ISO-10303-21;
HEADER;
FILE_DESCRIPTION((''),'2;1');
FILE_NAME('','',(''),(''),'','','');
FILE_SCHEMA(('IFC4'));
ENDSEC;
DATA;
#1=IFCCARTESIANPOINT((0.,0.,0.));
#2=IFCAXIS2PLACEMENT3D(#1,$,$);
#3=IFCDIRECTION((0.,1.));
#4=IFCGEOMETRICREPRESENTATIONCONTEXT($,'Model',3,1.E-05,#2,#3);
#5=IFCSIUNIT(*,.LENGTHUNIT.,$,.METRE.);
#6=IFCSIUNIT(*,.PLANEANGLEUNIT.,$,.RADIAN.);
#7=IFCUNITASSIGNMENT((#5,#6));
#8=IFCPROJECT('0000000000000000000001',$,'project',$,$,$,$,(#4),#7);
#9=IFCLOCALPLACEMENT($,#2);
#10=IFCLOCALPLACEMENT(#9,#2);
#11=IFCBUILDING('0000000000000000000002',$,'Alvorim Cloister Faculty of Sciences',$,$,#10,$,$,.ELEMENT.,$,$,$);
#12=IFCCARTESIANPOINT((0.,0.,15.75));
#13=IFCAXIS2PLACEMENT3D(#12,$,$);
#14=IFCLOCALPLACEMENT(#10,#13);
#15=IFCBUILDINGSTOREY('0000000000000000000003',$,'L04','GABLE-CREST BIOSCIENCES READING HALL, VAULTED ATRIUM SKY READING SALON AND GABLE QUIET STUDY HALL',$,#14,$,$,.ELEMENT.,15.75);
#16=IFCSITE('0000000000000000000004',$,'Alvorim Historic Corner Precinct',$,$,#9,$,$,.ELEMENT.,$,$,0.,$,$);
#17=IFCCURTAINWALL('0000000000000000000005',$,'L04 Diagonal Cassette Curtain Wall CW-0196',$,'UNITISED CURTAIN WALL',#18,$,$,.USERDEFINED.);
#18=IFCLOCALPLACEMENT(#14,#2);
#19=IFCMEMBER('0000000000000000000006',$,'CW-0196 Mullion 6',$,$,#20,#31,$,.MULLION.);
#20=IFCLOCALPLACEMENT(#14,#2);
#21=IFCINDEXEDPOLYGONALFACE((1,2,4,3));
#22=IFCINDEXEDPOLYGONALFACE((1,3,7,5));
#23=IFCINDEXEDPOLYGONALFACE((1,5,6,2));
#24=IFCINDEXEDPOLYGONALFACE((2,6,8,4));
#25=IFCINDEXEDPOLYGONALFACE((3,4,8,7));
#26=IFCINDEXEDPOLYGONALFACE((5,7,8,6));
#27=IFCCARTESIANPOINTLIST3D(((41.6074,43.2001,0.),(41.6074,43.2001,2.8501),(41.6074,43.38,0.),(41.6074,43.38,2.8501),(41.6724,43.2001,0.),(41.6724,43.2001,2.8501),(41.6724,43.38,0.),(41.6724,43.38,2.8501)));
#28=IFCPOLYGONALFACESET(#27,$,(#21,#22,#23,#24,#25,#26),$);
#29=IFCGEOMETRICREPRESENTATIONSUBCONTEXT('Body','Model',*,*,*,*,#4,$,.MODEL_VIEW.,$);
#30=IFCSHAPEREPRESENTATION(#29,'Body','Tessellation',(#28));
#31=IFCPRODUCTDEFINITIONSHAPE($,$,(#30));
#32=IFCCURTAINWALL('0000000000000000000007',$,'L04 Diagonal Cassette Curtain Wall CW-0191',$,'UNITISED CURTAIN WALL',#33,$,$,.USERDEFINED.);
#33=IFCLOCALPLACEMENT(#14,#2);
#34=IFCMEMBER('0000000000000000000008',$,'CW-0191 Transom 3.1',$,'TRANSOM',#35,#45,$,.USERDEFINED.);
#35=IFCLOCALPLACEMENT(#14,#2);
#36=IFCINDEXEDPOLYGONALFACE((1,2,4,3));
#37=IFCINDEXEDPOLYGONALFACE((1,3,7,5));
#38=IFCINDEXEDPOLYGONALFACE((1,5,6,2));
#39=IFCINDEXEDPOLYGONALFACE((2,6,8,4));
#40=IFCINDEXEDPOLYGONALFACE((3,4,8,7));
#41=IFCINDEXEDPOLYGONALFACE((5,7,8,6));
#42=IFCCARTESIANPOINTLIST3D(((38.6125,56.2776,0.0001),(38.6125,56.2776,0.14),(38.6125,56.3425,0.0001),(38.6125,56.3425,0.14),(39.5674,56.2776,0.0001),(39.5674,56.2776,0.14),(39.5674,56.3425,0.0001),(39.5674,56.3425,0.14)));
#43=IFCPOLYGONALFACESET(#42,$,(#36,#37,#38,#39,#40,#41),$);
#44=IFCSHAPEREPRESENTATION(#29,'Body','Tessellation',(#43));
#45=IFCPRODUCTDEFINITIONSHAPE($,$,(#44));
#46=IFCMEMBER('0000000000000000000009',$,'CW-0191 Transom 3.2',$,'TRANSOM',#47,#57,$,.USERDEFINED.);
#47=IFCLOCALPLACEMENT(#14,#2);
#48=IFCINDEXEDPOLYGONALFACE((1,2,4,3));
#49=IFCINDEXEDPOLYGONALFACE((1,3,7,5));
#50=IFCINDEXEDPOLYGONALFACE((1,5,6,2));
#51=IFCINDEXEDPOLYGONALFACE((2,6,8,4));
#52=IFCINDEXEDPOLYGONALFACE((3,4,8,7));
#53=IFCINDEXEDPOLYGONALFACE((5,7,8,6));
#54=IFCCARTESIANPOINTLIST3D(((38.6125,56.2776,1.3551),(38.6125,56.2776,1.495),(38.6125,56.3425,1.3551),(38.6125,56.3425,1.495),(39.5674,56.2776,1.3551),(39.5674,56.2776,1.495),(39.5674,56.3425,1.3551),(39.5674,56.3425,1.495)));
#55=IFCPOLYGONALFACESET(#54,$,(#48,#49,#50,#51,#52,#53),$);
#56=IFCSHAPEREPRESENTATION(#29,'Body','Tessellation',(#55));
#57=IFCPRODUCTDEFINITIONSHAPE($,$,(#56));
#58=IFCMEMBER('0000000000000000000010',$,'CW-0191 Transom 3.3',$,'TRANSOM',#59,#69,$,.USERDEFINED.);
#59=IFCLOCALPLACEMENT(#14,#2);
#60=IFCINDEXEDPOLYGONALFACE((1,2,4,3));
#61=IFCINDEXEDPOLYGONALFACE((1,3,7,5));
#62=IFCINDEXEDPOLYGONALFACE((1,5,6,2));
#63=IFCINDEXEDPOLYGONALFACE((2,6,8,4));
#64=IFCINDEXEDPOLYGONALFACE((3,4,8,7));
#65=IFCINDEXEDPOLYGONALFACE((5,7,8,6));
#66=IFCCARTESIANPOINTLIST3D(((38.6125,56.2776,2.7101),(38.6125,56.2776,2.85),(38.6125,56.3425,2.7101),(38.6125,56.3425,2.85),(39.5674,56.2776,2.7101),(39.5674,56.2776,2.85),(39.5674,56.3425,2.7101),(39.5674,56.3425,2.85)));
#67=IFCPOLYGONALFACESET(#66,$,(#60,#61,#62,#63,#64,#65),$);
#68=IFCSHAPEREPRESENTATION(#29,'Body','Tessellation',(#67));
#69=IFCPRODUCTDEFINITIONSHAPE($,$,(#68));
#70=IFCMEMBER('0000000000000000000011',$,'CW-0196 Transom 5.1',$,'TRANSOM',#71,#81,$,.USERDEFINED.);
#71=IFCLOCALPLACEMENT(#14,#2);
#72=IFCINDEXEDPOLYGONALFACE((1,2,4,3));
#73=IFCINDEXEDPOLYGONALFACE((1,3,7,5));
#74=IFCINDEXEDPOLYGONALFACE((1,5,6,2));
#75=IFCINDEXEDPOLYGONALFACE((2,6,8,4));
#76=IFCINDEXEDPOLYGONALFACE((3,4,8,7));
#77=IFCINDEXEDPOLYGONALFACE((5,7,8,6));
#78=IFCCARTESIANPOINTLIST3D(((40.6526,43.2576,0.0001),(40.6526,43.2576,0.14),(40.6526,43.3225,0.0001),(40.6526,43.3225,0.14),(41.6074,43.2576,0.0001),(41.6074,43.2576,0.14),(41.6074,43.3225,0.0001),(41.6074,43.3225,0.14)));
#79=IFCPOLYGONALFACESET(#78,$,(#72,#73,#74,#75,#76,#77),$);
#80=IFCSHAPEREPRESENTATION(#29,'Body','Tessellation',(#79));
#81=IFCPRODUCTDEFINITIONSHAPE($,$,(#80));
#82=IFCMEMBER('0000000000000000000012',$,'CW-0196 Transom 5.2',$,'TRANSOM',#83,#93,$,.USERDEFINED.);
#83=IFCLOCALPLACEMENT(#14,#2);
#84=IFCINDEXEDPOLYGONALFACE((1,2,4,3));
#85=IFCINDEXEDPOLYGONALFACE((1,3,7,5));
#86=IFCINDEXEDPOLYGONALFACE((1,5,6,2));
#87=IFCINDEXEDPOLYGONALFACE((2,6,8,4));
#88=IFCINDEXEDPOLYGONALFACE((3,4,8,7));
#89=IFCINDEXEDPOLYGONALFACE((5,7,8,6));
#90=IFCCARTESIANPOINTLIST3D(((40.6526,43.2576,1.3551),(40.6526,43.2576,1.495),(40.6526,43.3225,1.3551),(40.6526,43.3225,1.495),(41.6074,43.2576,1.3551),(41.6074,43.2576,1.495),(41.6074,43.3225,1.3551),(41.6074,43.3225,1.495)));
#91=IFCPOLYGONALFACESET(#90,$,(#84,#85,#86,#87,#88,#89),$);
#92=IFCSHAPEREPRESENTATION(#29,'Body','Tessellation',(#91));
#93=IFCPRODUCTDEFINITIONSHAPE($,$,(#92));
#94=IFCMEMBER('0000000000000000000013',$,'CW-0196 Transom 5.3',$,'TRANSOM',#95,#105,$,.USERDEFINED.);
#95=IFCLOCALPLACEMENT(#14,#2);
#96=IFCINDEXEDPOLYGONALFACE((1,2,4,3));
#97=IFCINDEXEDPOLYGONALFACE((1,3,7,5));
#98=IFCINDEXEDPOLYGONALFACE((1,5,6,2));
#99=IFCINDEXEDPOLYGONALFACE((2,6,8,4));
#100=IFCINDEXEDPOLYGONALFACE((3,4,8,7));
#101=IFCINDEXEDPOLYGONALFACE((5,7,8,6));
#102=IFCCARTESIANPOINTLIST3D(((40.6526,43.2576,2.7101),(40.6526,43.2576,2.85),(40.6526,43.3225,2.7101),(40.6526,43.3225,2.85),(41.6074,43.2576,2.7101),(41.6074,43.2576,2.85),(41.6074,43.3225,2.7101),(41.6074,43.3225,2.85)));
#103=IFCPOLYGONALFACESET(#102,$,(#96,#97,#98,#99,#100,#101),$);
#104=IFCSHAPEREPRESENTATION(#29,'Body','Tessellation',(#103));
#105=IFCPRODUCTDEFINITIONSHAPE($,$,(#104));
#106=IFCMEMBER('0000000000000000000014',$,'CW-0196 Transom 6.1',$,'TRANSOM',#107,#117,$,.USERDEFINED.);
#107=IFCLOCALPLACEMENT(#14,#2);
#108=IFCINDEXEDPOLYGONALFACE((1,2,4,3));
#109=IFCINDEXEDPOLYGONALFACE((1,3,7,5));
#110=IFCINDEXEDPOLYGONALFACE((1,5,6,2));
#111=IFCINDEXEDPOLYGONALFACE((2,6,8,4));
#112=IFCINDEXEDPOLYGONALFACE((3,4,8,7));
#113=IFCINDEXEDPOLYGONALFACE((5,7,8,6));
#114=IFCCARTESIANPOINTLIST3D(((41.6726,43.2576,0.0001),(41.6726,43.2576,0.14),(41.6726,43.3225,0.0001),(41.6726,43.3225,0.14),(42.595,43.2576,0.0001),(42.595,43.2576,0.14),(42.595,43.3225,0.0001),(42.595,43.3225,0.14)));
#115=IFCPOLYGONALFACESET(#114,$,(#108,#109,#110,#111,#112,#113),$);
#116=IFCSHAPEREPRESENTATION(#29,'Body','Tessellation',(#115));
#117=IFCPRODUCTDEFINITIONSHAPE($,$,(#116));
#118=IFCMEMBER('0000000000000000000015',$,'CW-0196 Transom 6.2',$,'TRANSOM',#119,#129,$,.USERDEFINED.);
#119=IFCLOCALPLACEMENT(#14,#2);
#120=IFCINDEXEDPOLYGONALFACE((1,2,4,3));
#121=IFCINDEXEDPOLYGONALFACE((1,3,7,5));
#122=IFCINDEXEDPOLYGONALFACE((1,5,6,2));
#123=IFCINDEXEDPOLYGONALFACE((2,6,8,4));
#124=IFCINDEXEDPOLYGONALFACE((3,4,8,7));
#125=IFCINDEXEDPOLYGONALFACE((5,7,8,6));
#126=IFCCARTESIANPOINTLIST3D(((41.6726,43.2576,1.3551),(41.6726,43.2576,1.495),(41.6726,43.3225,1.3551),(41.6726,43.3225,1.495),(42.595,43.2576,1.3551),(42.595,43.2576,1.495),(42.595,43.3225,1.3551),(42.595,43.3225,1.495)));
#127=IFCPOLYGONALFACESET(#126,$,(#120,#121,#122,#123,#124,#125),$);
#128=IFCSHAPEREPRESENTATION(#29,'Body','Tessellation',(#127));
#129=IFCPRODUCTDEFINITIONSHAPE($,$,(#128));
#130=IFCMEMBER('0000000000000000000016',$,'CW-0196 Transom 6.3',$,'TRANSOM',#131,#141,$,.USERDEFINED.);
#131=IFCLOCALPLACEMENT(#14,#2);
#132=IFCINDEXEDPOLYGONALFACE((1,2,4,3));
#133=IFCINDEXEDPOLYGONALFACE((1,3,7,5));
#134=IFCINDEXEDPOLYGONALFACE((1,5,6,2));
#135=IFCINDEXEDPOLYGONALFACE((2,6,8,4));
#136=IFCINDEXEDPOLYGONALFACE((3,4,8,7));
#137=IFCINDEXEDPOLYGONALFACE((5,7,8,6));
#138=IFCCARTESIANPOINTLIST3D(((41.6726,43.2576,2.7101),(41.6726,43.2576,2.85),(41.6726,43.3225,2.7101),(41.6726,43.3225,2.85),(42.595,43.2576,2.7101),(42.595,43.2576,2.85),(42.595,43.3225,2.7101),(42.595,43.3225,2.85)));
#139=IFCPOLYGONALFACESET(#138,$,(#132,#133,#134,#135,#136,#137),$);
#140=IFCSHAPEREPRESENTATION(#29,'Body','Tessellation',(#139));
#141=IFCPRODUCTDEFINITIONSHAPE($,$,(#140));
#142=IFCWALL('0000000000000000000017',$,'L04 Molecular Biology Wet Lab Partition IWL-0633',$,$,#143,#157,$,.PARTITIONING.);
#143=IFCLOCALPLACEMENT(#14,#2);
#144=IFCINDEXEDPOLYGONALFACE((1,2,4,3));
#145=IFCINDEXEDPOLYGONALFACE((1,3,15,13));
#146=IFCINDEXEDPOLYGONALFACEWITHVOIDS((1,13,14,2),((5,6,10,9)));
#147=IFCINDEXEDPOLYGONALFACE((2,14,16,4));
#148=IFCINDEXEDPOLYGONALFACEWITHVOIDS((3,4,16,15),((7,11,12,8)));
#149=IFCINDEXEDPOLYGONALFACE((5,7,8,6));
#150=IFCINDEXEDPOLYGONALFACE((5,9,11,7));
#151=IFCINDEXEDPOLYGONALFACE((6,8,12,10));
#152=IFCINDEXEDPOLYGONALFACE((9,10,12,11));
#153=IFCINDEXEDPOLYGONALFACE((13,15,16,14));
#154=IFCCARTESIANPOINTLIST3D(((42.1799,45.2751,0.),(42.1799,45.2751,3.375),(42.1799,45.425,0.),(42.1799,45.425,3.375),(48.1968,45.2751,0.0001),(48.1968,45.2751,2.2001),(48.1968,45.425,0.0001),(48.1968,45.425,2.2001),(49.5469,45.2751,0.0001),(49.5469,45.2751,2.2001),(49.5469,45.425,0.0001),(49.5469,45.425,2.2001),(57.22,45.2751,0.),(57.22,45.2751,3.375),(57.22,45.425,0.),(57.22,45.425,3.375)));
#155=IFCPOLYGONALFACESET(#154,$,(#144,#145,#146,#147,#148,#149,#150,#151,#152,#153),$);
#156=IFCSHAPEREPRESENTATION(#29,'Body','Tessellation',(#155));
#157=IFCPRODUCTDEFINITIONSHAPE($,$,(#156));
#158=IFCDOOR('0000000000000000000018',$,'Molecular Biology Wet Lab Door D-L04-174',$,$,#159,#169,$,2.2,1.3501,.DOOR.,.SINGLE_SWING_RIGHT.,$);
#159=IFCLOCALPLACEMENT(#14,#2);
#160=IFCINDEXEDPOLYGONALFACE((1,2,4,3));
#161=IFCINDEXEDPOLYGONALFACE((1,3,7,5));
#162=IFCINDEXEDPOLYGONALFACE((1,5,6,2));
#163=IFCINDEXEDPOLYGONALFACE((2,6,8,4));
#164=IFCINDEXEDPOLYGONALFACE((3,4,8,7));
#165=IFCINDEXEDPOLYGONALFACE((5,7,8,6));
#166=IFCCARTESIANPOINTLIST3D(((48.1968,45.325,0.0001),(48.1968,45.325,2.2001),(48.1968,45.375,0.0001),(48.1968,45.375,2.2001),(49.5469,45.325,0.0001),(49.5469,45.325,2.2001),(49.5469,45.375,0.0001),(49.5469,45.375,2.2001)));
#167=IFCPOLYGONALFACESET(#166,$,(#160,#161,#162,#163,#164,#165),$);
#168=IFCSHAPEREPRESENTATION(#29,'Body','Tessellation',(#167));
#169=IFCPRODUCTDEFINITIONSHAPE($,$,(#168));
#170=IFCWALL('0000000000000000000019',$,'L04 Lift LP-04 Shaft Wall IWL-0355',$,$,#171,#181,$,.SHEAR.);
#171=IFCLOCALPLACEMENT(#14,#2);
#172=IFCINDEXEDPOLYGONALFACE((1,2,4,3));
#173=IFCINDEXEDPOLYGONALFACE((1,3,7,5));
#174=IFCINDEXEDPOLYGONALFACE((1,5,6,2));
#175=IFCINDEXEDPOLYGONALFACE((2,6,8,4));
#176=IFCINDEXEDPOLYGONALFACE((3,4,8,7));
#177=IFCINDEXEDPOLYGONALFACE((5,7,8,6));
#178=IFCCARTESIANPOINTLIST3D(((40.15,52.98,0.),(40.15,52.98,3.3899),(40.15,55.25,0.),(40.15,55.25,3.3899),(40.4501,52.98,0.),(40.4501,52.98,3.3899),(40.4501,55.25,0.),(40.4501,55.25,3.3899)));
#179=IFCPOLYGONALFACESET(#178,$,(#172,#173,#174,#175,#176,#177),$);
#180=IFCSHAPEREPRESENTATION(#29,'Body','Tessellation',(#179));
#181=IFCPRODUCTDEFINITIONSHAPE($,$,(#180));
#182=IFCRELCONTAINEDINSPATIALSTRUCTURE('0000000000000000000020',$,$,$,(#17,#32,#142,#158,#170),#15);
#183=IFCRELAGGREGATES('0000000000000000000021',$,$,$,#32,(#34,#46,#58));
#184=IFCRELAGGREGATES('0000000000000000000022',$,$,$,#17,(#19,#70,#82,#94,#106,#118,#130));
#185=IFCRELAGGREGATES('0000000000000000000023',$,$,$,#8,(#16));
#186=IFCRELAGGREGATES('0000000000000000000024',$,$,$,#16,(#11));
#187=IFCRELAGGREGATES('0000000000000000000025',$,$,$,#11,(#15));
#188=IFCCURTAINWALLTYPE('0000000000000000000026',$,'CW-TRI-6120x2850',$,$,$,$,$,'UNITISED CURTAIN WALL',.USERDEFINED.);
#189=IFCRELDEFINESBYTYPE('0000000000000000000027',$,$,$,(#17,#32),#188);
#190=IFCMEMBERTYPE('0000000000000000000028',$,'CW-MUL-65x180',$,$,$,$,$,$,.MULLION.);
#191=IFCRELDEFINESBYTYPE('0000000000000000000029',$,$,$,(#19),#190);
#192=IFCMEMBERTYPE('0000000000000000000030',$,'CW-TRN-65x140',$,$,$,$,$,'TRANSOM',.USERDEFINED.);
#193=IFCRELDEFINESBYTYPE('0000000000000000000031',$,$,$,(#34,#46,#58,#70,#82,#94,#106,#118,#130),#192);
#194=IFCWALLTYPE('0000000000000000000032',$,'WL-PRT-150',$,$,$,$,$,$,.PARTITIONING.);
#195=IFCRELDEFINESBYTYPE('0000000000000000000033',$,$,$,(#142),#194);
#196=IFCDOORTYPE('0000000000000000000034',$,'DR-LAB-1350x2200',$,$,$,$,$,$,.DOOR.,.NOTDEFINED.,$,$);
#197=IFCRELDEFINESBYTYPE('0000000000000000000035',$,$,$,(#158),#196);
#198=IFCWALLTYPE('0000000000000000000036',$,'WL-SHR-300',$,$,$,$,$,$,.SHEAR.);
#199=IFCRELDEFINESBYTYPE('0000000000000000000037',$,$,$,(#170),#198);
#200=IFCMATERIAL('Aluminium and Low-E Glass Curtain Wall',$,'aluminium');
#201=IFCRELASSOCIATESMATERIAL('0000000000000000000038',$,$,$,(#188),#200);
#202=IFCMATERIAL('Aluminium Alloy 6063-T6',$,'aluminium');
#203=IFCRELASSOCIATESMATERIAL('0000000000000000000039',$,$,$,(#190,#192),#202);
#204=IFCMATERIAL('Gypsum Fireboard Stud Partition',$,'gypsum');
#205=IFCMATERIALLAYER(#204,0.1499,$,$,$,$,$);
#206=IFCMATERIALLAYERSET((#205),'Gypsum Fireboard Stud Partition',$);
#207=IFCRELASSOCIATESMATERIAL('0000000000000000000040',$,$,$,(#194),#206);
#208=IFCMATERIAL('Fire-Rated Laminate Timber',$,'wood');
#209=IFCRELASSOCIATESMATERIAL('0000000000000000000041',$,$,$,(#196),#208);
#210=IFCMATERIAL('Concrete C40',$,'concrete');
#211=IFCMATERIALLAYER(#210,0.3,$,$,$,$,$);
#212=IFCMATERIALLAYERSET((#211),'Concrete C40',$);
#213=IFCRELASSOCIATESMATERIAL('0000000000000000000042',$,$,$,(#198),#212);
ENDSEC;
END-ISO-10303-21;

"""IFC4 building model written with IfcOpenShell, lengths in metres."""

from ifc_helpers import new_model, si_unit, direction, frame, frame_2d, origin, origin_2d, place, context, subcontext, project, spatial, rectangle, extrude, material, layer, layer_set, material_profile, profile_set, type_object, element, fill, aggregate, save


model = new_model("IFC4")

# Units and contexts
model_context = context("Model", 3, precision=1e-05, world=origin(), true_north=direction((0.0, 1.0)))
body_context = subcontext(model_context, "Body", "Model", "MODEL_VIEW")
ifc_project = project(units=[si_unit("LENGTHUNIT", "METRE"), si_unit("PLANEANGLEUNIT", "RADIAN")], contexts=[model_context])

# Site, building, storey
site_placement = place(None, origin())
site = spatial("IfcSite", under=ifc_project, at=site_placement, Name="Alvorim Historic Corner Precinct", CompositionType="ELEMENT", RefElevation=0.0)
building_placement = place(site_placement, origin())
building = spatial("IfcBuilding", under=site, at=building_placement, Name="Alvorim Cloister Faculty of Sciences", CompositionType="ELEMENT")
storey_placement = place(building_placement, frame((0.0, 0.0, 15.75)))
storey = spatial("IfcBuildingStorey", under=building, at=storey_placement, Name="L04", Description="GABLE-CREST BIOSCIENCES READING HALL, VAULTED ATRIUM SKY READING SALON AND GABLE QUIET STUDY HALL", CompositionType="ELEMENT", Elevation=15.75)

# Curtain wall, member
ifc_material_1 = material(Name="Aluminium and Low-E Glass Curtain Wall", Category="aluminium")
curtain_wall_type = type_object("IfcCurtainWallType", Name="CW-TRI-6120x2850", ElementType="UNITISED CURTAIN WALL", PredefinedType="USERDEFINED", material=ifc_material_1)
curtain_wall_1_placement = place(storey_placement, origin())
curtain_wall_1 = element("IfcCurtainWall", 1, at=curtain_wall_1_placement, inside=storey, type_object=curtain_wall_type, Name="L04 Diagonal Cassette Curtain Wall CW-0196", ObjectType="UNITISED CURTAIN WALL", PredefinedType="USERDEFINED")
ifc_material_2 = material(Name="Aluminium Alloy 6063-T6", Category="aluminium")
ifc_material_profile_1 = material_profile(ifc_material_2, rectangle(XDim=0.0649, YDim=0.1799, at=origin_2d()), Name="ALU-MUL-65x180")
ifc_profile_set_1 = profile_set([ifc_material_profile_1], Name="Aluminium Alloy 6063-T6")
member_type_1 = type_object("IfcMemberType", Name="CW-MUL-65x180", PredefinedType="MULLION", material=ifc_profile_set_1)
member_1_placement = place(storey_placement, frame((41.6399, 43.29, 0.0), z_axis=(0.0, 0.0, 1.0), x_axis=(1.0, 0.0, 0.0)))
member_1 = element("IfcMember", 2, at=member_1_placement, type_object=member_type_1, Name="CW-0196 Mullion 6", PredefinedType="MULLION", context=body_context, shape_type="SweptSolid", body=[
    extrude(rectangle(XDim=0.0649, YDim=0.1799, at=origin_2d()), origin(), (0.0, 0.0, 1.0), 2.8501),
])

# Curtain wall, members
curtain_wall_2_placement = place(storey_placement, origin())
curtain_wall_2 = element("IfcCurtainWall", 3, at=curtain_wall_2_placement, inside=storey, type_object=curtain_wall_type, Name="L04 Diagonal Cassette Curtain Wall CW-0191", ObjectType="UNITISED CURTAIN WALL", PredefinedType="USERDEFINED")
ifc_material_profile_2 = material_profile(ifc_material_2, rectangle(XDim=0.0649, YDim=0.1399, at=origin_2d()), Name="ALU-TRN-65x140")
ifc_profile_set_2 = profile_set([ifc_material_profile_2], Name="Aluminium Alloy 6063-T6")
member_type_2 = type_object("IfcMemberType", Name="CW-TRN-65x140", ElementType="TRANSOM", PredefinedType="USERDEFINED", material=ifc_profile_set_2)
member_2_placement = place(storey_placement, frame((38.6125, 56.3101, 0.0701), z_axis=(1.0, 0.0, 0.0), x_axis=(0.0, 1.0, 0.0)))
member_2 = element("IfcMember", 4, at=member_2_placement, type_object=member_type_2, Name="CW-0191 Transom 3.1", ObjectType="TRANSOM", PredefinedType="USERDEFINED", context=body_context, shape_type="SweptSolid", body=[
    extrude(rectangle(XDim=0.0649, YDim=0.1399, at=origin_2d()), origin(), (0.0, 0.0, 1.0), 0.9548),
])
member_3_placement = place(storey_placement, frame((38.6125, 56.3101, 1.425), z_axis=(1.0, 0.0, 0.0), x_axis=(0.0, 1.0, 0.0)))
member_3 = element("IfcMember", 5, at=member_3_placement, type_object=member_type_2, Name="CW-0191 Transom 3.2", ObjectType="TRANSOM", PredefinedType="USERDEFINED", context=body_context, shape_type="SweptSolid", body=[
    extrude(rectangle(XDim=0.0649, YDim=0.1399, at=origin_2d()), origin(), (0.0, 0.0, 1.0), 0.9548),
])
member_4_placement = place(storey_placement, frame((38.6125, 56.3101, 2.78), z_axis=(1.0, 0.0, 0.0), x_axis=(0.0, 1.0, 0.0)))
member_4 = element("IfcMember", 6, at=member_4_placement, type_object=member_type_2, Name="CW-0191 Transom 3.3", ObjectType="TRANSOM", PredefinedType="USERDEFINED", context=body_context, shape_type="SweptSolid", body=[
    extrude(rectangle(XDim=0.0649, YDim=0.1399, at=origin_2d()), origin(), (0.0, 0.0, 1.0), 0.9548),
])
aggregate(curtain_wall_2, [member_2, member_3, member_4])

# Members
member_5_placement = place(storey_placement, frame((40.6526, 43.29, 0.0701), z_axis=(1.0, 0.0, 0.0), x_axis=(0.0, 1.0, 0.0)))
member_5 = element("IfcMember", 7, at=member_5_placement, type_object=member_type_2, Name="CW-0196 Transom 5.1", ObjectType="TRANSOM", PredefinedType="USERDEFINED", context=body_context, shape_type="SweptSolid", body=[
    extrude(rectangle(XDim=0.0649, YDim=0.1399, at=origin_2d()), origin(), (0.0, 0.0, 1.0), 0.9548),
])
member_6_placement = place(storey_placement, frame((40.6526, 43.29, 1.425), z_axis=(1.0, 0.0, 0.0), x_axis=(0.0, 1.0, 0.0)))
member_6 = element("IfcMember", 8, at=member_6_placement, type_object=member_type_2, Name="CW-0196 Transom 5.2", ObjectType="TRANSOM", PredefinedType="USERDEFINED", context=body_context, shape_type="SweptSolid", body=[
    extrude(rectangle(XDim=0.0649, YDim=0.1399, at=origin_2d()), origin(), (0.0, 0.0, 1.0), 0.9548),
])
member_7_placement = place(storey_placement, frame((40.6526, 43.29, 2.78), z_axis=(1.0, 0.0, 0.0), x_axis=(0.0, 1.0, 0.0)))
member_7 = element("IfcMember", 9, at=member_7_placement, type_object=member_type_2, Name="CW-0196 Transom 5.3", ObjectType="TRANSOM", PredefinedType="USERDEFINED", context=body_context, shape_type="SweptSolid", body=[
    extrude(rectangle(XDim=0.0649, YDim=0.1399, at=origin_2d()), origin(), (0.0, 0.0, 1.0), 0.9548),
])
member_8_placement = place(storey_placement, frame((41.6726, 43.29, 0.0701), z_axis=(1.0, 0.0, 0.0), x_axis=(0.0, 1.0, 0.0)))
member_8 = element("IfcMember", 10, at=member_8_placement, type_object=member_type_2, Name="CW-0196 Transom 6.1", ObjectType="TRANSOM", PredefinedType="USERDEFINED", context=body_context, shape_type="SweptSolid", body=[
    extrude(rectangle(XDim=0.0649, YDim=0.1399, at=origin_2d()), origin(), (0.0, 0.0, 1.0), 0.9224),
])
member_9_placement = place(storey_placement, frame((41.6726, 43.29, 1.425), z_axis=(1.0, 0.0, 0.0), x_axis=(0.0, 1.0, 0.0)))
member_9 = element("IfcMember", 11, at=member_9_placement, type_object=member_type_2, Name="CW-0196 Transom 6.2", ObjectType="TRANSOM", PredefinedType="USERDEFINED", context=body_context, shape_type="SweptSolid", body=[
    extrude(rectangle(XDim=0.0649, YDim=0.1399, at=origin_2d()), origin(), (0.0, 0.0, 1.0), 0.9224),
])
member_10_placement = place(storey_placement, frame((41.6726, 43.29, 2.78), z_axis=(1.0, 0.0, 0.0), x_axis=(0.0, 1.0, 0.0)))
member_10 = element("IfcMember", 12, at=member_10_placement, type_object=member_type_2, Name="CW-0196 Transom 6.3", ObjectType="TRANSOM", PredefinedType="USERDEFINED", context=body_context, shape_type="SweptSolid", body=[
    extrude(rectangle(XDim=0.0649, YDim=0.1399, at=origin_2d()), origin(), (0.0, 0.0, 1.0), 0.9224),
])
aggregate(curtain_wall_1, [member_1, member_5, member_6, member_7, member_8, member_9, member_10])

# Wall, opening, door
ifc_material_3 = material(Name="Gypsum Fireboard Stud Partition", Category="gypsum")
ifc_layer_1 = layer(ifc_material_3, 0.1499)
ifc_layer_set_1 = layer_set([ifc_layer_1], Name="Gypsum Fireboard Stud Partition")
wall_type_1 = type_object("IfcWallType", Name="WL-PRT-150", PredefinedType="PARTITIONING", material=ifc_layer_set_1)
wall_1_placement = place(storey_placement, frame((42.1799, 45.3501, 0.0), z_axis=(0.0, 0.0, 1.0), x_axis=(1.0, 0.0, 0.0)))
wall_1 = element("IfcWall", 13, at=wall_1_placement, inside=storey, type_object=wall_type_1, Name="L04 Molecular Biology Wet Lab Partition IWL-0633", PredefinedType="PARTITIONING", context=body_context, shape_type="SweptSolid", body=[
    extrude(rectangle(XDim=15.04, YDim=0.1499, at=frame_2d((7.52, 0.0))), origin(), (0.0, 0.0, 1.0), 3.375),
])
opening_placement = place(wall_1_placement, frame((6.0168, 0.0, 0.0)))
opening = element("IfcOpeningElement", 14, at=opening_placement, cuts=wall_1, PredefinedType="OPENING", context=body_context, shape_type="SweptSolid", body=[
    extrude(rectangle(XDim=1.3501, YDim=2.2, at=frame_2d((0.675, 1.1001))), frame((0.0, 0.0869, 0.0), z_axis=(0.0, -1.0, 0.0), x_axis=(1.0, 0.0, 0.0)), (0.0, 0.0, 1.0), 0.1738),
])
ifc_material_4 = material(Name="Fire-Rated Laminate Timber", Category="wood")
door_type = type_object("IfcDoorType", Name="DR-LAB-1350x2200", OperationType="NOTDEFINED", PredefinedType="DOOR", material=ifc_material_4)
door_placement = place(opening_placement, origin())
door = element("IfcDoor", 15, at=door_placement, inside=storey, type_object=door_type, Name="Molecular Biology Wet Lab Door D-L04-174", OperationType="SINGLE_SWING_RIGHT", OverallHeight=2.2, OverallWidth=1.3501, PredefinedType="DOOR", context=body_context, shape_type="SweptSolid", body=[
    extrude(rectangle(XDim=1.3501, YDim=2.2, at=frame_2d((0.675, 1.1001))), frame((0.0, 0.0249, 0.0), z_axis=(0.0, -1.0, 0.0), x_axis=(1.0, 0.0, 0.0)), (0.0, 0.0, 1.0), 0.05),
])
fill(opening, door)

# Wall
ifc_material_5 = material(Name="Concrete C40", Category="concrete")
ifc_layer_2 = layer(ifc_material_5, 0.3)
ifc_layer_set_2 = layer_set([ifc_layer_2], Name="Concrete C40")
wall_type_2 = type_object("IfcWallType", Name="WL-SHR-300", PredefinedType="SHEAR", material=ifc_layer_set_2)
wall_2_placement = place(storey_placement, frame((40.3, 52.98, 0.0), z_axis=(0.0, 0.0, 1.0), x_axis=(0.0, 1.0, 0.0)))
element("IfcWall", 16, at=wall_2_placement, inside=storey, type_object=wall_type_2, Name="L04 Lift LP-04 Shaft Wall IWL-0355", PredefinedType="SHEAR", context=body_context, shape_type="SweptSolid", body=[
    extrude(rectangle(XDim=2.27, YDim=0.3, at=frame_2d((1.135, 0.0))), origin(), (0.0, 0.0, 1.0), 3.3899),
])

save(model, "model.ifc")
